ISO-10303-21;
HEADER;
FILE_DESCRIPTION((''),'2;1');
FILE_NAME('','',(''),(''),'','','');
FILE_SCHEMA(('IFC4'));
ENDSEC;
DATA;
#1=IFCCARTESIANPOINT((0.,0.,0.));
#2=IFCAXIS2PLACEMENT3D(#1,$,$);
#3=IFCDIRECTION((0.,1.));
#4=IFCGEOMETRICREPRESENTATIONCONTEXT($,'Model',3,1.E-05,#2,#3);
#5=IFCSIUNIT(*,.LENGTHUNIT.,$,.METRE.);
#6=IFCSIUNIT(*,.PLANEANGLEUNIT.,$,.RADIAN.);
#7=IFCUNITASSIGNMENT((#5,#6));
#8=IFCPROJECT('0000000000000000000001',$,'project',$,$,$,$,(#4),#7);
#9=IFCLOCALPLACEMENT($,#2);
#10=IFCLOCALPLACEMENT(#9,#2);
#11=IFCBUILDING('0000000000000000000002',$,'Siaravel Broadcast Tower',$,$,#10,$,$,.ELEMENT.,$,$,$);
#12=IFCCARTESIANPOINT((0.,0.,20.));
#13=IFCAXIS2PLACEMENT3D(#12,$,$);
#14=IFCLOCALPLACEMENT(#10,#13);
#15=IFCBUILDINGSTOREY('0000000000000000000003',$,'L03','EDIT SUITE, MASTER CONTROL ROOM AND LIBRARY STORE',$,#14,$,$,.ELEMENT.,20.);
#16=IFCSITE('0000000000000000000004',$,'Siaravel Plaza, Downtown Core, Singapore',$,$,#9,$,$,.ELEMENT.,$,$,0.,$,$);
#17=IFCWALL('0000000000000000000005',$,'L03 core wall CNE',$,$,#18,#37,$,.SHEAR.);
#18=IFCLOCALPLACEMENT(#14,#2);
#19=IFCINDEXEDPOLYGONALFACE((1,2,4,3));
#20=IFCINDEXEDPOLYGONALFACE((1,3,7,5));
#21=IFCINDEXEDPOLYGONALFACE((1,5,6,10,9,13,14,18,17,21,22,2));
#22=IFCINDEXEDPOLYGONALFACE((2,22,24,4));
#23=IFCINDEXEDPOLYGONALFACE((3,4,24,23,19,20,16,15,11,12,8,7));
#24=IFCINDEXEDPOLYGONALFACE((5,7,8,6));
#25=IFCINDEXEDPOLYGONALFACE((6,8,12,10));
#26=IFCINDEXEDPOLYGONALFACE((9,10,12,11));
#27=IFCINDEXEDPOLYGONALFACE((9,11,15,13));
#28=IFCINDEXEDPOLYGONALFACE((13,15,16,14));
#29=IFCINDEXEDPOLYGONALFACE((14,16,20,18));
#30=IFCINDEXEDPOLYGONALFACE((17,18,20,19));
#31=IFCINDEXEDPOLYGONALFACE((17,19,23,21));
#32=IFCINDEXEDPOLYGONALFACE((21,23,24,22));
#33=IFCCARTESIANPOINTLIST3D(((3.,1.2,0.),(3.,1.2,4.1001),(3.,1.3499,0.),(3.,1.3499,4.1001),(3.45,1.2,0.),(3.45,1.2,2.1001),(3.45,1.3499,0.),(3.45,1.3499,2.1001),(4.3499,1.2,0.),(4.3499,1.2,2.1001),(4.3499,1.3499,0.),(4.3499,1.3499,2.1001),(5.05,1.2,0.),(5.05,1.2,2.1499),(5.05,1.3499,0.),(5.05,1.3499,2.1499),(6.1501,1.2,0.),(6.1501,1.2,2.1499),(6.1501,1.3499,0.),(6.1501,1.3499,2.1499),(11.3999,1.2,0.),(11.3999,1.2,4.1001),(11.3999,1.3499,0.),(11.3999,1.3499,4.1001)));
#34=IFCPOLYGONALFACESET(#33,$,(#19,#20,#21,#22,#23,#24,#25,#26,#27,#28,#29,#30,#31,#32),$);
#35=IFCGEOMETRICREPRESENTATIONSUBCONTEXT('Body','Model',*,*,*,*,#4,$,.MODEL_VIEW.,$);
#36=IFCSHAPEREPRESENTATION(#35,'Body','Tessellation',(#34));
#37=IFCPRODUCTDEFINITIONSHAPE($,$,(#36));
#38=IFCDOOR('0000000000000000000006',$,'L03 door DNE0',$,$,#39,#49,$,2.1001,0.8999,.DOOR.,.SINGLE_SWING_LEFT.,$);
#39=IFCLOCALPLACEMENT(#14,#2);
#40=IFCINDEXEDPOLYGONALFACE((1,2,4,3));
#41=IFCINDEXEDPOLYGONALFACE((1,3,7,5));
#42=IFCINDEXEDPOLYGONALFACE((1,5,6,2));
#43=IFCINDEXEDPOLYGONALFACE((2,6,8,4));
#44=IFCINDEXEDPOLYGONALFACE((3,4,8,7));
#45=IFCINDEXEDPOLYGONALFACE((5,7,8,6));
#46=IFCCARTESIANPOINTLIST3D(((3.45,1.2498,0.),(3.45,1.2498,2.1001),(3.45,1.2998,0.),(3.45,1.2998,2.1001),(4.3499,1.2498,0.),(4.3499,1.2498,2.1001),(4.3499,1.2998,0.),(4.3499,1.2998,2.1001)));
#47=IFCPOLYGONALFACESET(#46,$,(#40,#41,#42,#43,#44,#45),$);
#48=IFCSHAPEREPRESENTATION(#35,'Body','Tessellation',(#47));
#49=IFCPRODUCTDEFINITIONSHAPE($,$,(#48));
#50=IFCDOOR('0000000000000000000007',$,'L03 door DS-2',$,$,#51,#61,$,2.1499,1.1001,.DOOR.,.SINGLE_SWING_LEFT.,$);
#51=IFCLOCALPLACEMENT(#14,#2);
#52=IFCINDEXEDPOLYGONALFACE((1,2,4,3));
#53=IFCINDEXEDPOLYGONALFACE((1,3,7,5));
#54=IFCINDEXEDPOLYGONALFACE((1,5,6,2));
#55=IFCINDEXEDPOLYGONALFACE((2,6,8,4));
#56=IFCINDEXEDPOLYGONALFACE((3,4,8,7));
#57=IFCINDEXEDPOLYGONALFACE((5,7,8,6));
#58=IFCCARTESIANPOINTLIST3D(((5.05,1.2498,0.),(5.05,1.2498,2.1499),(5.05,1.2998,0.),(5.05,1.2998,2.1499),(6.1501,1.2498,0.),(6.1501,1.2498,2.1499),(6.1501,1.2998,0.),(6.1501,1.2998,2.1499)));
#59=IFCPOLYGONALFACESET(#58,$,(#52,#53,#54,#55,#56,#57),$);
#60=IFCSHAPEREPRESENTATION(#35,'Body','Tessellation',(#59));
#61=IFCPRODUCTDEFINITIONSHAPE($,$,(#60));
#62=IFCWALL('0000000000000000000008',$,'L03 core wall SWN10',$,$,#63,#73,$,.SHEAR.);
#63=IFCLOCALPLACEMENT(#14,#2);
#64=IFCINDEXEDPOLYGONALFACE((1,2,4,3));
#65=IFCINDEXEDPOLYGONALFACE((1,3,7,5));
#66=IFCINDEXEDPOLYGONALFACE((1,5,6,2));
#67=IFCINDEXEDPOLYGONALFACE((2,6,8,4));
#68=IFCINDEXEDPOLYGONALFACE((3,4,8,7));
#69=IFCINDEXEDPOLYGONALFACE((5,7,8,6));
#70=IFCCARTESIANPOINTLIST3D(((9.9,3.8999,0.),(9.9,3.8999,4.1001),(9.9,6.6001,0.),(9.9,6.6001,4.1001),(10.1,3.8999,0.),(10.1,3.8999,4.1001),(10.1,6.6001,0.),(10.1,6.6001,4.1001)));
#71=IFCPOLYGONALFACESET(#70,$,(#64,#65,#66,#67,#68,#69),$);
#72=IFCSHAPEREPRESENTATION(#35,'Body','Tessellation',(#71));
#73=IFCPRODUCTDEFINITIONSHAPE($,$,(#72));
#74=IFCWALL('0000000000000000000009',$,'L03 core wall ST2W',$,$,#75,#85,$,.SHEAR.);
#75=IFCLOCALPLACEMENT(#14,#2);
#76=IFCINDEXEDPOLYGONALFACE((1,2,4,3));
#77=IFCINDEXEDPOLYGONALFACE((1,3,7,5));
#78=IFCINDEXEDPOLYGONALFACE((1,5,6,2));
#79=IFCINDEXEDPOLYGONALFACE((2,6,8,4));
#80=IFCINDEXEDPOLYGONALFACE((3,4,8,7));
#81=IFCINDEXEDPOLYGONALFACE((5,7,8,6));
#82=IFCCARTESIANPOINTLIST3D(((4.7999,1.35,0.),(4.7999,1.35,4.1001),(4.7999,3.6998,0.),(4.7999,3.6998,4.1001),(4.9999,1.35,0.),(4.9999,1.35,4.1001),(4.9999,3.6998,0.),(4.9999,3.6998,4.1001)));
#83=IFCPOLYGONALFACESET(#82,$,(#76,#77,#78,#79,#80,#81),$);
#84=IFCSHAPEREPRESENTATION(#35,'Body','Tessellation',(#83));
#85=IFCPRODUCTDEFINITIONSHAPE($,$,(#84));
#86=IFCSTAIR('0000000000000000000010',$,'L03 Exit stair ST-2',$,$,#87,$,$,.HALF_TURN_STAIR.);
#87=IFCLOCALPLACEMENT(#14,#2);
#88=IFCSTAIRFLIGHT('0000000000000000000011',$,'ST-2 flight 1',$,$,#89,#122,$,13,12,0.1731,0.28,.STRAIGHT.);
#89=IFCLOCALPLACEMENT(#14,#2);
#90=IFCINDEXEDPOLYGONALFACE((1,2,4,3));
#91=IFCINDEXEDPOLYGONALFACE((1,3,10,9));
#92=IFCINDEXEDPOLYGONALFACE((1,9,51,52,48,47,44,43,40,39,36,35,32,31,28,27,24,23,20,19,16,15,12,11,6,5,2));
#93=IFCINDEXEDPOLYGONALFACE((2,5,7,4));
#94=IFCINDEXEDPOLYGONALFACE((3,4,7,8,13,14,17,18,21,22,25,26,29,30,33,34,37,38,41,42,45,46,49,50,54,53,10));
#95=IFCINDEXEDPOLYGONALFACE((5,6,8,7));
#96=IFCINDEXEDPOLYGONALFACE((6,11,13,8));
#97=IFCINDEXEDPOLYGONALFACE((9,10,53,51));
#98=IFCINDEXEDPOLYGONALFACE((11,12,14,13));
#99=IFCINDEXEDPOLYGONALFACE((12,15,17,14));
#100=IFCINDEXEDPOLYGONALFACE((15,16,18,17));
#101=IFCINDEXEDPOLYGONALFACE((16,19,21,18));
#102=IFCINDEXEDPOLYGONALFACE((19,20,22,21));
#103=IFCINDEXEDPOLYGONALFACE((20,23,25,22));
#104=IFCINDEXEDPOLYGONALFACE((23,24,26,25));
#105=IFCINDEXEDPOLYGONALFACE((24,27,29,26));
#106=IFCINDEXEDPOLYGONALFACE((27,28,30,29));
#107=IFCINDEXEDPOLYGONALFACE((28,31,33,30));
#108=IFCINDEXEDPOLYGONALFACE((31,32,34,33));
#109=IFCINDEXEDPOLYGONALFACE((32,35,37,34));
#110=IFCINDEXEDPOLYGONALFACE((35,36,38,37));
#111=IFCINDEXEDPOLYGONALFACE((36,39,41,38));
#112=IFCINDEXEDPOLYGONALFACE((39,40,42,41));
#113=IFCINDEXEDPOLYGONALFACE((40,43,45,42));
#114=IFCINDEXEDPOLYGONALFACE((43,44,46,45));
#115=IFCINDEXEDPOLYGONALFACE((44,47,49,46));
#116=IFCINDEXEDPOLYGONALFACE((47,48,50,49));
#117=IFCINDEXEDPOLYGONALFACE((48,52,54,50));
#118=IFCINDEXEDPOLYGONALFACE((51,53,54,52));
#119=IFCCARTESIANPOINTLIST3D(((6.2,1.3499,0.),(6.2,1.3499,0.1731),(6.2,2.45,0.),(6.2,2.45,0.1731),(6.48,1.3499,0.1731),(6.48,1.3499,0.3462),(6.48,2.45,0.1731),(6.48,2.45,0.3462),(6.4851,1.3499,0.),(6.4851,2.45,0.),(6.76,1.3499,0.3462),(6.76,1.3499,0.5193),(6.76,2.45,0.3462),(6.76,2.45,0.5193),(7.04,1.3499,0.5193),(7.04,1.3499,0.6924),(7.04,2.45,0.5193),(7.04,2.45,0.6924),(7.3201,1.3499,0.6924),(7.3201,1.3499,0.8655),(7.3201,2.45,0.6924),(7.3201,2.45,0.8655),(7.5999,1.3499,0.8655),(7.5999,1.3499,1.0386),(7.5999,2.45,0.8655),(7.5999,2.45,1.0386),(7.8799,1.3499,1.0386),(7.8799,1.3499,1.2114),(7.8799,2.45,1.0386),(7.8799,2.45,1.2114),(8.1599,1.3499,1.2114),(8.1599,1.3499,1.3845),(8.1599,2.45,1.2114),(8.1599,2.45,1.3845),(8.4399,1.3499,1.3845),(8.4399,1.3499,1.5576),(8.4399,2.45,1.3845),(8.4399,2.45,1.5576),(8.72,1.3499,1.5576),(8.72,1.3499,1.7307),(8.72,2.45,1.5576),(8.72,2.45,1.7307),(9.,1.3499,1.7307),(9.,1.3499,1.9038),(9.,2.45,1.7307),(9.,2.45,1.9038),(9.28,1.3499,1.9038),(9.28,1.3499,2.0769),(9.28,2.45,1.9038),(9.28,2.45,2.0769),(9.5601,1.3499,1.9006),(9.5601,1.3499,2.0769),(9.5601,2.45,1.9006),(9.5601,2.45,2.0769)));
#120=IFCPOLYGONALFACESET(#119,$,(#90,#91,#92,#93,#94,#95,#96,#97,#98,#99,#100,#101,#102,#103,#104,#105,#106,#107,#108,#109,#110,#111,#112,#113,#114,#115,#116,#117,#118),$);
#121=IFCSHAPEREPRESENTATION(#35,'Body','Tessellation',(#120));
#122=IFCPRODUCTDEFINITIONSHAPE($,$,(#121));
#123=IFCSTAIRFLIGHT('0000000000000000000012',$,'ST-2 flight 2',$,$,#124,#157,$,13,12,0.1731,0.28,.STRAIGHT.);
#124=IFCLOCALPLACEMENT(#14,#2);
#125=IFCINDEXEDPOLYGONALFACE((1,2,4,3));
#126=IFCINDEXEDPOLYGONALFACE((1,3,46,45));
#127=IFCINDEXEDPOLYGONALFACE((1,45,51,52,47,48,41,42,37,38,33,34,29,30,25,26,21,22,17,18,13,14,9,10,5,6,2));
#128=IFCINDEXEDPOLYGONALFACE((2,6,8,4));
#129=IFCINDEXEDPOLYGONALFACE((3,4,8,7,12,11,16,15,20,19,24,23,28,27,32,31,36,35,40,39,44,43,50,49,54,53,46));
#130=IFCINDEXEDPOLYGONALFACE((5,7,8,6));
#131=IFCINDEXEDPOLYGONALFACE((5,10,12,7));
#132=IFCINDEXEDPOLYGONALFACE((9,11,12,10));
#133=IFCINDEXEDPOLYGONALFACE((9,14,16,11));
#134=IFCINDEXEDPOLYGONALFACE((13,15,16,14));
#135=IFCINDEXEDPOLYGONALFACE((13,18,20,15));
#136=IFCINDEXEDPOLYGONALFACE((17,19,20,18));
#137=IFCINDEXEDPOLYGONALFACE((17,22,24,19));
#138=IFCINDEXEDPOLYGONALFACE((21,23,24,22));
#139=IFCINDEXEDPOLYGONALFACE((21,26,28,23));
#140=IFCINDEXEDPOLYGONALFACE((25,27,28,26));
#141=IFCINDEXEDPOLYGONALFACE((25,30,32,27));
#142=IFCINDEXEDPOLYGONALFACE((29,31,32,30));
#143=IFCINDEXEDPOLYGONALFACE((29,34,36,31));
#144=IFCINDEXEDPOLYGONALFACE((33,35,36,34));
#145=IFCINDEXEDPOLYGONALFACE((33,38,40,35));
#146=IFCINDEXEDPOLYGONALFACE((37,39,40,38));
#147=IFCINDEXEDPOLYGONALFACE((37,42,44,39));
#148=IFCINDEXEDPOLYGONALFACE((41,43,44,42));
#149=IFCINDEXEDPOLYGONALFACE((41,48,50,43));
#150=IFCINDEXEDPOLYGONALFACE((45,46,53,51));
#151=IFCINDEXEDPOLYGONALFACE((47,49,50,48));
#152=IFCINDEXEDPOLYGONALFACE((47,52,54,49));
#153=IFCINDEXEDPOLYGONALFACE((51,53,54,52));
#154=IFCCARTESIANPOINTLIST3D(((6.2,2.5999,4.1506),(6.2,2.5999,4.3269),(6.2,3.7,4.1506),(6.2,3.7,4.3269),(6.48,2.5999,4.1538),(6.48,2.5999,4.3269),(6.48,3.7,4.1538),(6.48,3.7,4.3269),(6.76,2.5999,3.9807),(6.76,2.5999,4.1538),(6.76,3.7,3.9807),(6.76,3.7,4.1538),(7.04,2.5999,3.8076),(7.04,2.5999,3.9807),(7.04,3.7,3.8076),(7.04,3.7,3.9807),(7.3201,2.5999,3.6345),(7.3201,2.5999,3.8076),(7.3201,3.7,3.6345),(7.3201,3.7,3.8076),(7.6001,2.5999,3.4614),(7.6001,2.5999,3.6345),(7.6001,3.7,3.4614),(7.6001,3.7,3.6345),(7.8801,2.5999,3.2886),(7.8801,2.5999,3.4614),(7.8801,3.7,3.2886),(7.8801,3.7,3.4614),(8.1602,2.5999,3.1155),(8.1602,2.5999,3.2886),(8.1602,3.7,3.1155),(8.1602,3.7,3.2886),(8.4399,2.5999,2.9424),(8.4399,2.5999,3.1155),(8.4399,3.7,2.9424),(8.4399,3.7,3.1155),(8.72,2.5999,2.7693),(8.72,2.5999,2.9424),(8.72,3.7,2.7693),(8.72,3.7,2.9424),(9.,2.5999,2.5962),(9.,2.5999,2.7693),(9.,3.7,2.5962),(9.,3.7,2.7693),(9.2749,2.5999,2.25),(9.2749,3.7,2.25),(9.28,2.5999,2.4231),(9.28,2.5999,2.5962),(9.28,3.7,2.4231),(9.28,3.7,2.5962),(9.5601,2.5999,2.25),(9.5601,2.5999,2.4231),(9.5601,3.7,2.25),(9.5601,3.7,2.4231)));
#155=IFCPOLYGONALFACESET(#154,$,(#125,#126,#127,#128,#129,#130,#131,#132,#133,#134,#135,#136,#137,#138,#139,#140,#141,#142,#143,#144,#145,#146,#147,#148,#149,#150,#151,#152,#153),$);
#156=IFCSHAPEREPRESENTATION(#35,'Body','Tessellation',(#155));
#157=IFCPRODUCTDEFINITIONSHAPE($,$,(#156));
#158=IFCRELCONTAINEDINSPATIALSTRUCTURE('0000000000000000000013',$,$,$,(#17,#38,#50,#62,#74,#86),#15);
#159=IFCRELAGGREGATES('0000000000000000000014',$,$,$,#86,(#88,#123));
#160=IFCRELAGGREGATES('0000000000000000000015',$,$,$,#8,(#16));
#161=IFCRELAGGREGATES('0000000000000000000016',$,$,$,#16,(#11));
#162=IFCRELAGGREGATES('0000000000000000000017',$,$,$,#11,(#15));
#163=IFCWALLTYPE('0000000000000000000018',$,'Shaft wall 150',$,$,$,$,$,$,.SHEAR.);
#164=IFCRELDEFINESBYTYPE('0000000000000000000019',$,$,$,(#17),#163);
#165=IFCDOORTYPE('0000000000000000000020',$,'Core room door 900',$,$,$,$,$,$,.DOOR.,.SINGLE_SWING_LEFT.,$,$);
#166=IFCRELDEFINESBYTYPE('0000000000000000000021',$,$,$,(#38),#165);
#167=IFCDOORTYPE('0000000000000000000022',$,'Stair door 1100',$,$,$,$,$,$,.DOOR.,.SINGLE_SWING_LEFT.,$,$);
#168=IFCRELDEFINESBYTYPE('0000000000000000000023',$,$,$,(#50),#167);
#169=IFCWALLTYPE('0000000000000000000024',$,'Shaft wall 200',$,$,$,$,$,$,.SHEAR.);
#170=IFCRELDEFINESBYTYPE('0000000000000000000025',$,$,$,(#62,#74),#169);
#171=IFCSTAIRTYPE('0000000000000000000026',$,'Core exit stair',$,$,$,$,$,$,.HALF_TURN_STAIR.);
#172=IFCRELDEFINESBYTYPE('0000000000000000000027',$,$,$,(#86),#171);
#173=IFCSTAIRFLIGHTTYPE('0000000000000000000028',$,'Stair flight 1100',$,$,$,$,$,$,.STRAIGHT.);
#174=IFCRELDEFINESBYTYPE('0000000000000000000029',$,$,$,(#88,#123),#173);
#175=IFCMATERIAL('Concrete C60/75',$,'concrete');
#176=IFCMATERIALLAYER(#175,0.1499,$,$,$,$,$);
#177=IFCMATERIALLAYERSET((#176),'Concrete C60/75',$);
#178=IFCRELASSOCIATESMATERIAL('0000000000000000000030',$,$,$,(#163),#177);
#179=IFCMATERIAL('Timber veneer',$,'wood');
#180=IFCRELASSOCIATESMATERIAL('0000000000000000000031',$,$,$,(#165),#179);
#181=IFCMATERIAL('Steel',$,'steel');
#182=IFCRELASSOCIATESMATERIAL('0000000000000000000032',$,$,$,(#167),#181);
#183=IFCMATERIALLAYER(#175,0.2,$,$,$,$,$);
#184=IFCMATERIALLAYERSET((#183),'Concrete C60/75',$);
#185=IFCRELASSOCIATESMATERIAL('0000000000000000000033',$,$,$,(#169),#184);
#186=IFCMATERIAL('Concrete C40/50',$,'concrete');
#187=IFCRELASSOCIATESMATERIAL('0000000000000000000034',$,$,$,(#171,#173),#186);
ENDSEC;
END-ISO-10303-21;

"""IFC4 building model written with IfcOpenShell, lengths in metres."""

from ifc_helpers import new_model, si_unit, direction, frame, frame_2d, origin, place, context, subcontext, project, spatial, polyline, rectangle, outline, extrude, material, layer, layer_set, type_object, element, fill, aggregate, save


model = new_model("IFC4")

# Units and contexts
model_context = context("Model", 3, precision=1e-05, world=origin(), true_north=direction((0.0, 1.0)))
body_context = subcontext(model_context, "Body", "Model", "MODEL_VIEW")
ifc_project = project(units=[si_unit("LENGTHUNIT", "METRE"), si_unit("PLANEANGLEUNIT", "RADIAN")], contexts=[model_context])

# Site, building, storey
site_placement = place(None, origin())
site = spatial("IfcSite", under=ifc_project, at=site_placement, Name="Siaravel Plaza, Downtown Core, Singapore", CompositionType="ELEMENT", RefElevation=0.0)
building_placement = place(site_placement, origin())
building = spatial("IfcBuilding", under=site, at=building_placement, Name="Siaravel Broadcast Tower", CompositionType="ELEMENT")
storey_placement = place(building_placement, frame((0.0, 0.0, 20.0)))
storey = spatial("IfcBuildingStorey", under=building, at=storey_placement, Name="L03", Description="EDIT SUITE, MASTER CONTROL ROOM AND LIBRARY STORE", CompositionType="ELEMENT", Elevation=20.0)

# Shared definitions
ifc_material_1 = material(Name="Timber veneer", Category="wood")

# Wall, openings, doors
ifc_material_2 = material(Name="Concrete C60/75", Category="concrete")
ifc_layer_1 = layer(ifc_material_2, 0.1499)
ifc_layer_set_1 = layer_set([ifc_layer_1], Name="Concrete C60/75")
wall_type_1 = type_object("IfcWallType", Name="Shaft wall 150", PredefinedType="SHEAR", material=ifc_layer_set_1)
wall_1_placement = place(storey_placement, frame((3.0, 1.2749, 0.0), z_axis=(0.0, 0.0, 1.0), x_axis=(1.0, 0.0, 0.0)))
wall_1 = element("IfcWall", 1, at=wall_1_placement, inside=storey, type_object=wall_type_1, Name="L03 core wall CNE", PredefinedType="SHEAR", context=body_context, shape_type="SweptSolid", body=[
    extrude(rectangle(XDim=8.3999, YDim=0.1499, at=frame_2d((4.2, 0.0))), origin(), (0.0, 0.0, 1.0), 4.1001),
])
opening_1_placement = place(wall_1_placement, frame((2.05, 0.0, 0.0)))
opening_1 = element("IfcOpeningElement", 2, at=opening_1_placement, cuts=wall_1, PredefinedType="OPENING", context=body_context, shape_type="SweptSolid", body=[
    extrude(rectangle(XDim=1.1001, YDim=2.1499, at=frame_2d((0.55, 1.075))), frame((0.0, 0.085, 0.0), z_axis=(0.0, -1.0, 0.0), x_axis=(1.0, 0.0, 0.0)), (0.0, 0.0, 1.0), 0.1699),
])
opening_2_placement = place(wall_1_placement, frame((0.45, 0.0, 0.0)))
opening_2 = element("IfcOpeningElement", 3, at=opening_2_placement, cuts=wall_1, PredefinedType="OPENING", context=body_context, shape_type="SweptSolid", body=[
    extrude(rectangle(XDim=0.8999, YDim=2.1001, at=frame_2d((0.45, 1.05))), frame((0.0, 0.085, 0.0), z_axis=(0.0, -1.0, 0.0), x_axis=(1.0, 0.0, 0.0)), (0.0, 0.0, 1.0), 0.1699),
])
door_type_1 = type_object("IfcDoorType", Name="Core room door 900", OperationType="SINGLE_SWING_LEFT", PredefinedType="DOOR", material=ifc_material_1)
door_1_placement = place(opening_2_placement, origin())
door_1 = element("IfcDoor", 4, at=door_1_placement, inside=storey, type_object=door_type_1, Name="L03 door DNE0", OperationType="SINGLE_SWING_LEFT", OverallHeight=2.1001, OverallWidth=0.8999, PredefinedType="DOOR", context=body_context, shape_type="SweptSolid", body=[
    extrude(rectangle(XDim=0.8999, YDim=2.1001, at=frame_2d((0.45, 1.05))), frame((0.0, 0.0249, 0.0), z_axis=(0.0, -1.0, 0.0), x_axis=(1.0, 0.0, 0.0)), (0.0, 0.0, 1.0), 0.05),
])
fill(opening_2, door_1)
ifc_material_3 = material(Name="Steel", Category="steel")
door_type_2 = type_object("IfcDoorType", Name="Stair door 1100", OperationType="SINGLE_SWING_LEFT", PredefinedType="DOOR", material=ifc_material_3)
door_2_placement = place(opening_1_placement, origin())
door_2 = element("IfcDoor", 5, at=door_2_placement, inside=storey, type_object=door_type_2, Name="L03 door DS-2", OperationType="SINGLE_SWING_LEFT", OverallHeight=2.1499, OverallWidth=1.1001, PredefinedType="DOOR", context=body_context, shape_type="SweptSolid", body=[
    extrude(rectangle(XDim=1.1001, YDim=2.1499, at=frame_2d((0.55, 1.075))), frame((0.0, 0.0249, 0.0), z_axis=(0.0, -1.0, 0.0), x_axis=(1.0, 0.0, 0.0)), (0.0, 0.0, 1.0), 0.05),
])
fill(opening_1, door_2)

# Walls
ifc_layer_2 = layer(ifc_material_2, 0.2)
ifc_layer_set_2 = layer_set([ifc_layer_2], Name="Concrete C60/75")
wall_type_2 = type_object("IfcWallType", Name="Shaft wall 200", PredefinedType="SHEAR", material=ifc_layer_set_2)
wall_2_placement = place(storey_placement, frame((10.0, 3.8999, 0.0), z_axis=(0.0, 0.0, 1.0), x_axis=(0.0, 1.0, 0.0)))
element("IfcWall", 6, at=wall_2_placement, inside=storey, type_object=wall_type_2, Name="L03 core wall SWN10", PredefinedType="SHEAR", context=body_context, shape_type="SweptSolid", body=[
    extrude(rectangle(XDim=2.7002, YDim=0.2, at=frame_2d((1.3501, 0.0))), origin(), (0.0, 0.0, 1.0), 4.1001),
])
wall_3_placement = place(storey_placement, frame((4.8999, 1.3501, 0.0), z_axis=(0.0, 0.0, 1.0), x_axis=(0.0, 1.0, 0.0)))
element("IfcWall", 7, at=wall_3_placement, inside=storey, type_object=wall_type_2, Name="L03 core wall ST2W", PredefinedType="SHEAR", context=body_context, shape_type="SweptSolid", body=[
    extrude(rectangle(XDim=2.3499, YDim=0.2, at=frame_2d((1.1748, 0.0))), origin(), (0.0, 0.0, 1.0), 4.1001),
])

# Stair, stair flights
ifc_material_4 = material(Name="Concrete C40/50", Category="concrete")
stair_type = type_object("IfcStairType", Name="Core exit stair", PredefinedType="HALF_TURN_STAIR", material=ifc_material_4)
stair_placement = place(storey_placement, origin())
stair = element("IfcStair", 8, at=stair_placement, inside=storey, type_object=stair_type, Name="L03 Exit stair ST-2", PredefinedType="HALF_TURN_STAIR")
stair_flight_type = type_object("IfcStairFlightType", Name="Stair flight 1100", PredefinedType="STRAIGHT", material=ifc_material_4)
stair_flight_1_placement = place(storey_placement, frame((6.2, 1.8999, 0.0), z_axis=(0.0, 0.0, 1.0), x_axis=(1.0, 0.0, 0.0)))
stair_flight_1 = element("IfcStairFlight", 9, at=stair_flight_1_placement, type_object=stair_flight_type, Name="ST-2 flight 1", NumberOfRisers=13, NumberOfTreads=12, PredefinedType="STRAIGHT", RiserHeight=0.1731, TreadLength=0.28, context=body_context, shape_type="SweptSolid", body=[
    extrude(outline(polyline([(0.0, 0.0), (0.0, 0.1731), (0.28, 0.1731), (0.28, 0.3462), (0.5601, 0.3462), (0.5601, 0.5193), (0.8401, 0.5193), (0.8401, 0.6924), (1.1201, 0.6924), (1.1201, 0.8655), (1.3999, 0.8655), (1.3999, 1.0386), (1.6799, 1.0386), (1.6799, 1.2114), (1.96, 1.2114), (1.96, 1.3845), (2.24, 1.3845), (2.24, 1.5576), (2.52, 1.5576), (2.52, 1.7307), (2.8, 1.7307), (2.8, 1.9038), (3.0801, 1.9038), (3.0801, 2.0769), (3.3601, 2.0769), (3.3601, 2.25), (3.3601, 1.9006), (0.2852, 0.0), (0.0, 0.0)])), frame((0.0, 0.55, 0.0), z_axis=(0.0, -1.0, 0.0), x_axis=(1.0, 0.0, 0.0)), (0.0, 0.0, 1.0), 1.1001),
])
stair_flight_2_placement = place(storey_placement, frame((9.5601, 3.1499, 2.25), z_axis=(0.0, 0.0, 1.0), x_axis=(-1.0, 0.0, 0.0)))
stair_flight_2 = element("IfcStairFlight", 10, at=stair_flight_2_placement, type_object=stair_flight_type, Name="ST-2 flight 2", NumberOfRisers=13, NumberOfTreads=12, PredefinedType="STRAIGHT", RiserHeight=0.1731, TreadLength=0.28, context=body_context, shape_type="SweptSolid", body=[
    extrude(outline(polyline([(0.0, 0.0), (0.0, 0.1731), (0.28, 0.1731), (0.28, 0.3462), (0.5601, 0.3462), (0.5601, 0.5193), (0.8401, 0.5193), (0.8401, 0.6924), (1.1201, 0.6924), (1.1201, 0.8655), (1.3999, 0.8655), (1.3999, 1.0386), (1.6799, 1.0386), (1.6799, 1.2114), (1.96, 1.2114), (1.96, 1.3845), (2.24, 1.3845), (2.24, 1.5576), (2.52, 1.5576), (2.52, 1.7307), (2.8, 1.7307), (2.8, 1.9038), (3.0801, 1.9038), (3.0801, 2.0769), (3.3601, 2.0769), (3.3601, 2.25), (3.3601, 1.9006), (0.2852, 0.0), (0.0, 0.0)])), frame((0.0, 0.55, 0.0), z_axis=(0.0, -1.0, 0.0), x_axis=(1.0, 0.0, 0.0)), (0.0, 0.0, 1.0), 1.1001),
])
aggregate(stair, [stair_flight_1, stair_flight_2])

save(model, "model.ifc")
